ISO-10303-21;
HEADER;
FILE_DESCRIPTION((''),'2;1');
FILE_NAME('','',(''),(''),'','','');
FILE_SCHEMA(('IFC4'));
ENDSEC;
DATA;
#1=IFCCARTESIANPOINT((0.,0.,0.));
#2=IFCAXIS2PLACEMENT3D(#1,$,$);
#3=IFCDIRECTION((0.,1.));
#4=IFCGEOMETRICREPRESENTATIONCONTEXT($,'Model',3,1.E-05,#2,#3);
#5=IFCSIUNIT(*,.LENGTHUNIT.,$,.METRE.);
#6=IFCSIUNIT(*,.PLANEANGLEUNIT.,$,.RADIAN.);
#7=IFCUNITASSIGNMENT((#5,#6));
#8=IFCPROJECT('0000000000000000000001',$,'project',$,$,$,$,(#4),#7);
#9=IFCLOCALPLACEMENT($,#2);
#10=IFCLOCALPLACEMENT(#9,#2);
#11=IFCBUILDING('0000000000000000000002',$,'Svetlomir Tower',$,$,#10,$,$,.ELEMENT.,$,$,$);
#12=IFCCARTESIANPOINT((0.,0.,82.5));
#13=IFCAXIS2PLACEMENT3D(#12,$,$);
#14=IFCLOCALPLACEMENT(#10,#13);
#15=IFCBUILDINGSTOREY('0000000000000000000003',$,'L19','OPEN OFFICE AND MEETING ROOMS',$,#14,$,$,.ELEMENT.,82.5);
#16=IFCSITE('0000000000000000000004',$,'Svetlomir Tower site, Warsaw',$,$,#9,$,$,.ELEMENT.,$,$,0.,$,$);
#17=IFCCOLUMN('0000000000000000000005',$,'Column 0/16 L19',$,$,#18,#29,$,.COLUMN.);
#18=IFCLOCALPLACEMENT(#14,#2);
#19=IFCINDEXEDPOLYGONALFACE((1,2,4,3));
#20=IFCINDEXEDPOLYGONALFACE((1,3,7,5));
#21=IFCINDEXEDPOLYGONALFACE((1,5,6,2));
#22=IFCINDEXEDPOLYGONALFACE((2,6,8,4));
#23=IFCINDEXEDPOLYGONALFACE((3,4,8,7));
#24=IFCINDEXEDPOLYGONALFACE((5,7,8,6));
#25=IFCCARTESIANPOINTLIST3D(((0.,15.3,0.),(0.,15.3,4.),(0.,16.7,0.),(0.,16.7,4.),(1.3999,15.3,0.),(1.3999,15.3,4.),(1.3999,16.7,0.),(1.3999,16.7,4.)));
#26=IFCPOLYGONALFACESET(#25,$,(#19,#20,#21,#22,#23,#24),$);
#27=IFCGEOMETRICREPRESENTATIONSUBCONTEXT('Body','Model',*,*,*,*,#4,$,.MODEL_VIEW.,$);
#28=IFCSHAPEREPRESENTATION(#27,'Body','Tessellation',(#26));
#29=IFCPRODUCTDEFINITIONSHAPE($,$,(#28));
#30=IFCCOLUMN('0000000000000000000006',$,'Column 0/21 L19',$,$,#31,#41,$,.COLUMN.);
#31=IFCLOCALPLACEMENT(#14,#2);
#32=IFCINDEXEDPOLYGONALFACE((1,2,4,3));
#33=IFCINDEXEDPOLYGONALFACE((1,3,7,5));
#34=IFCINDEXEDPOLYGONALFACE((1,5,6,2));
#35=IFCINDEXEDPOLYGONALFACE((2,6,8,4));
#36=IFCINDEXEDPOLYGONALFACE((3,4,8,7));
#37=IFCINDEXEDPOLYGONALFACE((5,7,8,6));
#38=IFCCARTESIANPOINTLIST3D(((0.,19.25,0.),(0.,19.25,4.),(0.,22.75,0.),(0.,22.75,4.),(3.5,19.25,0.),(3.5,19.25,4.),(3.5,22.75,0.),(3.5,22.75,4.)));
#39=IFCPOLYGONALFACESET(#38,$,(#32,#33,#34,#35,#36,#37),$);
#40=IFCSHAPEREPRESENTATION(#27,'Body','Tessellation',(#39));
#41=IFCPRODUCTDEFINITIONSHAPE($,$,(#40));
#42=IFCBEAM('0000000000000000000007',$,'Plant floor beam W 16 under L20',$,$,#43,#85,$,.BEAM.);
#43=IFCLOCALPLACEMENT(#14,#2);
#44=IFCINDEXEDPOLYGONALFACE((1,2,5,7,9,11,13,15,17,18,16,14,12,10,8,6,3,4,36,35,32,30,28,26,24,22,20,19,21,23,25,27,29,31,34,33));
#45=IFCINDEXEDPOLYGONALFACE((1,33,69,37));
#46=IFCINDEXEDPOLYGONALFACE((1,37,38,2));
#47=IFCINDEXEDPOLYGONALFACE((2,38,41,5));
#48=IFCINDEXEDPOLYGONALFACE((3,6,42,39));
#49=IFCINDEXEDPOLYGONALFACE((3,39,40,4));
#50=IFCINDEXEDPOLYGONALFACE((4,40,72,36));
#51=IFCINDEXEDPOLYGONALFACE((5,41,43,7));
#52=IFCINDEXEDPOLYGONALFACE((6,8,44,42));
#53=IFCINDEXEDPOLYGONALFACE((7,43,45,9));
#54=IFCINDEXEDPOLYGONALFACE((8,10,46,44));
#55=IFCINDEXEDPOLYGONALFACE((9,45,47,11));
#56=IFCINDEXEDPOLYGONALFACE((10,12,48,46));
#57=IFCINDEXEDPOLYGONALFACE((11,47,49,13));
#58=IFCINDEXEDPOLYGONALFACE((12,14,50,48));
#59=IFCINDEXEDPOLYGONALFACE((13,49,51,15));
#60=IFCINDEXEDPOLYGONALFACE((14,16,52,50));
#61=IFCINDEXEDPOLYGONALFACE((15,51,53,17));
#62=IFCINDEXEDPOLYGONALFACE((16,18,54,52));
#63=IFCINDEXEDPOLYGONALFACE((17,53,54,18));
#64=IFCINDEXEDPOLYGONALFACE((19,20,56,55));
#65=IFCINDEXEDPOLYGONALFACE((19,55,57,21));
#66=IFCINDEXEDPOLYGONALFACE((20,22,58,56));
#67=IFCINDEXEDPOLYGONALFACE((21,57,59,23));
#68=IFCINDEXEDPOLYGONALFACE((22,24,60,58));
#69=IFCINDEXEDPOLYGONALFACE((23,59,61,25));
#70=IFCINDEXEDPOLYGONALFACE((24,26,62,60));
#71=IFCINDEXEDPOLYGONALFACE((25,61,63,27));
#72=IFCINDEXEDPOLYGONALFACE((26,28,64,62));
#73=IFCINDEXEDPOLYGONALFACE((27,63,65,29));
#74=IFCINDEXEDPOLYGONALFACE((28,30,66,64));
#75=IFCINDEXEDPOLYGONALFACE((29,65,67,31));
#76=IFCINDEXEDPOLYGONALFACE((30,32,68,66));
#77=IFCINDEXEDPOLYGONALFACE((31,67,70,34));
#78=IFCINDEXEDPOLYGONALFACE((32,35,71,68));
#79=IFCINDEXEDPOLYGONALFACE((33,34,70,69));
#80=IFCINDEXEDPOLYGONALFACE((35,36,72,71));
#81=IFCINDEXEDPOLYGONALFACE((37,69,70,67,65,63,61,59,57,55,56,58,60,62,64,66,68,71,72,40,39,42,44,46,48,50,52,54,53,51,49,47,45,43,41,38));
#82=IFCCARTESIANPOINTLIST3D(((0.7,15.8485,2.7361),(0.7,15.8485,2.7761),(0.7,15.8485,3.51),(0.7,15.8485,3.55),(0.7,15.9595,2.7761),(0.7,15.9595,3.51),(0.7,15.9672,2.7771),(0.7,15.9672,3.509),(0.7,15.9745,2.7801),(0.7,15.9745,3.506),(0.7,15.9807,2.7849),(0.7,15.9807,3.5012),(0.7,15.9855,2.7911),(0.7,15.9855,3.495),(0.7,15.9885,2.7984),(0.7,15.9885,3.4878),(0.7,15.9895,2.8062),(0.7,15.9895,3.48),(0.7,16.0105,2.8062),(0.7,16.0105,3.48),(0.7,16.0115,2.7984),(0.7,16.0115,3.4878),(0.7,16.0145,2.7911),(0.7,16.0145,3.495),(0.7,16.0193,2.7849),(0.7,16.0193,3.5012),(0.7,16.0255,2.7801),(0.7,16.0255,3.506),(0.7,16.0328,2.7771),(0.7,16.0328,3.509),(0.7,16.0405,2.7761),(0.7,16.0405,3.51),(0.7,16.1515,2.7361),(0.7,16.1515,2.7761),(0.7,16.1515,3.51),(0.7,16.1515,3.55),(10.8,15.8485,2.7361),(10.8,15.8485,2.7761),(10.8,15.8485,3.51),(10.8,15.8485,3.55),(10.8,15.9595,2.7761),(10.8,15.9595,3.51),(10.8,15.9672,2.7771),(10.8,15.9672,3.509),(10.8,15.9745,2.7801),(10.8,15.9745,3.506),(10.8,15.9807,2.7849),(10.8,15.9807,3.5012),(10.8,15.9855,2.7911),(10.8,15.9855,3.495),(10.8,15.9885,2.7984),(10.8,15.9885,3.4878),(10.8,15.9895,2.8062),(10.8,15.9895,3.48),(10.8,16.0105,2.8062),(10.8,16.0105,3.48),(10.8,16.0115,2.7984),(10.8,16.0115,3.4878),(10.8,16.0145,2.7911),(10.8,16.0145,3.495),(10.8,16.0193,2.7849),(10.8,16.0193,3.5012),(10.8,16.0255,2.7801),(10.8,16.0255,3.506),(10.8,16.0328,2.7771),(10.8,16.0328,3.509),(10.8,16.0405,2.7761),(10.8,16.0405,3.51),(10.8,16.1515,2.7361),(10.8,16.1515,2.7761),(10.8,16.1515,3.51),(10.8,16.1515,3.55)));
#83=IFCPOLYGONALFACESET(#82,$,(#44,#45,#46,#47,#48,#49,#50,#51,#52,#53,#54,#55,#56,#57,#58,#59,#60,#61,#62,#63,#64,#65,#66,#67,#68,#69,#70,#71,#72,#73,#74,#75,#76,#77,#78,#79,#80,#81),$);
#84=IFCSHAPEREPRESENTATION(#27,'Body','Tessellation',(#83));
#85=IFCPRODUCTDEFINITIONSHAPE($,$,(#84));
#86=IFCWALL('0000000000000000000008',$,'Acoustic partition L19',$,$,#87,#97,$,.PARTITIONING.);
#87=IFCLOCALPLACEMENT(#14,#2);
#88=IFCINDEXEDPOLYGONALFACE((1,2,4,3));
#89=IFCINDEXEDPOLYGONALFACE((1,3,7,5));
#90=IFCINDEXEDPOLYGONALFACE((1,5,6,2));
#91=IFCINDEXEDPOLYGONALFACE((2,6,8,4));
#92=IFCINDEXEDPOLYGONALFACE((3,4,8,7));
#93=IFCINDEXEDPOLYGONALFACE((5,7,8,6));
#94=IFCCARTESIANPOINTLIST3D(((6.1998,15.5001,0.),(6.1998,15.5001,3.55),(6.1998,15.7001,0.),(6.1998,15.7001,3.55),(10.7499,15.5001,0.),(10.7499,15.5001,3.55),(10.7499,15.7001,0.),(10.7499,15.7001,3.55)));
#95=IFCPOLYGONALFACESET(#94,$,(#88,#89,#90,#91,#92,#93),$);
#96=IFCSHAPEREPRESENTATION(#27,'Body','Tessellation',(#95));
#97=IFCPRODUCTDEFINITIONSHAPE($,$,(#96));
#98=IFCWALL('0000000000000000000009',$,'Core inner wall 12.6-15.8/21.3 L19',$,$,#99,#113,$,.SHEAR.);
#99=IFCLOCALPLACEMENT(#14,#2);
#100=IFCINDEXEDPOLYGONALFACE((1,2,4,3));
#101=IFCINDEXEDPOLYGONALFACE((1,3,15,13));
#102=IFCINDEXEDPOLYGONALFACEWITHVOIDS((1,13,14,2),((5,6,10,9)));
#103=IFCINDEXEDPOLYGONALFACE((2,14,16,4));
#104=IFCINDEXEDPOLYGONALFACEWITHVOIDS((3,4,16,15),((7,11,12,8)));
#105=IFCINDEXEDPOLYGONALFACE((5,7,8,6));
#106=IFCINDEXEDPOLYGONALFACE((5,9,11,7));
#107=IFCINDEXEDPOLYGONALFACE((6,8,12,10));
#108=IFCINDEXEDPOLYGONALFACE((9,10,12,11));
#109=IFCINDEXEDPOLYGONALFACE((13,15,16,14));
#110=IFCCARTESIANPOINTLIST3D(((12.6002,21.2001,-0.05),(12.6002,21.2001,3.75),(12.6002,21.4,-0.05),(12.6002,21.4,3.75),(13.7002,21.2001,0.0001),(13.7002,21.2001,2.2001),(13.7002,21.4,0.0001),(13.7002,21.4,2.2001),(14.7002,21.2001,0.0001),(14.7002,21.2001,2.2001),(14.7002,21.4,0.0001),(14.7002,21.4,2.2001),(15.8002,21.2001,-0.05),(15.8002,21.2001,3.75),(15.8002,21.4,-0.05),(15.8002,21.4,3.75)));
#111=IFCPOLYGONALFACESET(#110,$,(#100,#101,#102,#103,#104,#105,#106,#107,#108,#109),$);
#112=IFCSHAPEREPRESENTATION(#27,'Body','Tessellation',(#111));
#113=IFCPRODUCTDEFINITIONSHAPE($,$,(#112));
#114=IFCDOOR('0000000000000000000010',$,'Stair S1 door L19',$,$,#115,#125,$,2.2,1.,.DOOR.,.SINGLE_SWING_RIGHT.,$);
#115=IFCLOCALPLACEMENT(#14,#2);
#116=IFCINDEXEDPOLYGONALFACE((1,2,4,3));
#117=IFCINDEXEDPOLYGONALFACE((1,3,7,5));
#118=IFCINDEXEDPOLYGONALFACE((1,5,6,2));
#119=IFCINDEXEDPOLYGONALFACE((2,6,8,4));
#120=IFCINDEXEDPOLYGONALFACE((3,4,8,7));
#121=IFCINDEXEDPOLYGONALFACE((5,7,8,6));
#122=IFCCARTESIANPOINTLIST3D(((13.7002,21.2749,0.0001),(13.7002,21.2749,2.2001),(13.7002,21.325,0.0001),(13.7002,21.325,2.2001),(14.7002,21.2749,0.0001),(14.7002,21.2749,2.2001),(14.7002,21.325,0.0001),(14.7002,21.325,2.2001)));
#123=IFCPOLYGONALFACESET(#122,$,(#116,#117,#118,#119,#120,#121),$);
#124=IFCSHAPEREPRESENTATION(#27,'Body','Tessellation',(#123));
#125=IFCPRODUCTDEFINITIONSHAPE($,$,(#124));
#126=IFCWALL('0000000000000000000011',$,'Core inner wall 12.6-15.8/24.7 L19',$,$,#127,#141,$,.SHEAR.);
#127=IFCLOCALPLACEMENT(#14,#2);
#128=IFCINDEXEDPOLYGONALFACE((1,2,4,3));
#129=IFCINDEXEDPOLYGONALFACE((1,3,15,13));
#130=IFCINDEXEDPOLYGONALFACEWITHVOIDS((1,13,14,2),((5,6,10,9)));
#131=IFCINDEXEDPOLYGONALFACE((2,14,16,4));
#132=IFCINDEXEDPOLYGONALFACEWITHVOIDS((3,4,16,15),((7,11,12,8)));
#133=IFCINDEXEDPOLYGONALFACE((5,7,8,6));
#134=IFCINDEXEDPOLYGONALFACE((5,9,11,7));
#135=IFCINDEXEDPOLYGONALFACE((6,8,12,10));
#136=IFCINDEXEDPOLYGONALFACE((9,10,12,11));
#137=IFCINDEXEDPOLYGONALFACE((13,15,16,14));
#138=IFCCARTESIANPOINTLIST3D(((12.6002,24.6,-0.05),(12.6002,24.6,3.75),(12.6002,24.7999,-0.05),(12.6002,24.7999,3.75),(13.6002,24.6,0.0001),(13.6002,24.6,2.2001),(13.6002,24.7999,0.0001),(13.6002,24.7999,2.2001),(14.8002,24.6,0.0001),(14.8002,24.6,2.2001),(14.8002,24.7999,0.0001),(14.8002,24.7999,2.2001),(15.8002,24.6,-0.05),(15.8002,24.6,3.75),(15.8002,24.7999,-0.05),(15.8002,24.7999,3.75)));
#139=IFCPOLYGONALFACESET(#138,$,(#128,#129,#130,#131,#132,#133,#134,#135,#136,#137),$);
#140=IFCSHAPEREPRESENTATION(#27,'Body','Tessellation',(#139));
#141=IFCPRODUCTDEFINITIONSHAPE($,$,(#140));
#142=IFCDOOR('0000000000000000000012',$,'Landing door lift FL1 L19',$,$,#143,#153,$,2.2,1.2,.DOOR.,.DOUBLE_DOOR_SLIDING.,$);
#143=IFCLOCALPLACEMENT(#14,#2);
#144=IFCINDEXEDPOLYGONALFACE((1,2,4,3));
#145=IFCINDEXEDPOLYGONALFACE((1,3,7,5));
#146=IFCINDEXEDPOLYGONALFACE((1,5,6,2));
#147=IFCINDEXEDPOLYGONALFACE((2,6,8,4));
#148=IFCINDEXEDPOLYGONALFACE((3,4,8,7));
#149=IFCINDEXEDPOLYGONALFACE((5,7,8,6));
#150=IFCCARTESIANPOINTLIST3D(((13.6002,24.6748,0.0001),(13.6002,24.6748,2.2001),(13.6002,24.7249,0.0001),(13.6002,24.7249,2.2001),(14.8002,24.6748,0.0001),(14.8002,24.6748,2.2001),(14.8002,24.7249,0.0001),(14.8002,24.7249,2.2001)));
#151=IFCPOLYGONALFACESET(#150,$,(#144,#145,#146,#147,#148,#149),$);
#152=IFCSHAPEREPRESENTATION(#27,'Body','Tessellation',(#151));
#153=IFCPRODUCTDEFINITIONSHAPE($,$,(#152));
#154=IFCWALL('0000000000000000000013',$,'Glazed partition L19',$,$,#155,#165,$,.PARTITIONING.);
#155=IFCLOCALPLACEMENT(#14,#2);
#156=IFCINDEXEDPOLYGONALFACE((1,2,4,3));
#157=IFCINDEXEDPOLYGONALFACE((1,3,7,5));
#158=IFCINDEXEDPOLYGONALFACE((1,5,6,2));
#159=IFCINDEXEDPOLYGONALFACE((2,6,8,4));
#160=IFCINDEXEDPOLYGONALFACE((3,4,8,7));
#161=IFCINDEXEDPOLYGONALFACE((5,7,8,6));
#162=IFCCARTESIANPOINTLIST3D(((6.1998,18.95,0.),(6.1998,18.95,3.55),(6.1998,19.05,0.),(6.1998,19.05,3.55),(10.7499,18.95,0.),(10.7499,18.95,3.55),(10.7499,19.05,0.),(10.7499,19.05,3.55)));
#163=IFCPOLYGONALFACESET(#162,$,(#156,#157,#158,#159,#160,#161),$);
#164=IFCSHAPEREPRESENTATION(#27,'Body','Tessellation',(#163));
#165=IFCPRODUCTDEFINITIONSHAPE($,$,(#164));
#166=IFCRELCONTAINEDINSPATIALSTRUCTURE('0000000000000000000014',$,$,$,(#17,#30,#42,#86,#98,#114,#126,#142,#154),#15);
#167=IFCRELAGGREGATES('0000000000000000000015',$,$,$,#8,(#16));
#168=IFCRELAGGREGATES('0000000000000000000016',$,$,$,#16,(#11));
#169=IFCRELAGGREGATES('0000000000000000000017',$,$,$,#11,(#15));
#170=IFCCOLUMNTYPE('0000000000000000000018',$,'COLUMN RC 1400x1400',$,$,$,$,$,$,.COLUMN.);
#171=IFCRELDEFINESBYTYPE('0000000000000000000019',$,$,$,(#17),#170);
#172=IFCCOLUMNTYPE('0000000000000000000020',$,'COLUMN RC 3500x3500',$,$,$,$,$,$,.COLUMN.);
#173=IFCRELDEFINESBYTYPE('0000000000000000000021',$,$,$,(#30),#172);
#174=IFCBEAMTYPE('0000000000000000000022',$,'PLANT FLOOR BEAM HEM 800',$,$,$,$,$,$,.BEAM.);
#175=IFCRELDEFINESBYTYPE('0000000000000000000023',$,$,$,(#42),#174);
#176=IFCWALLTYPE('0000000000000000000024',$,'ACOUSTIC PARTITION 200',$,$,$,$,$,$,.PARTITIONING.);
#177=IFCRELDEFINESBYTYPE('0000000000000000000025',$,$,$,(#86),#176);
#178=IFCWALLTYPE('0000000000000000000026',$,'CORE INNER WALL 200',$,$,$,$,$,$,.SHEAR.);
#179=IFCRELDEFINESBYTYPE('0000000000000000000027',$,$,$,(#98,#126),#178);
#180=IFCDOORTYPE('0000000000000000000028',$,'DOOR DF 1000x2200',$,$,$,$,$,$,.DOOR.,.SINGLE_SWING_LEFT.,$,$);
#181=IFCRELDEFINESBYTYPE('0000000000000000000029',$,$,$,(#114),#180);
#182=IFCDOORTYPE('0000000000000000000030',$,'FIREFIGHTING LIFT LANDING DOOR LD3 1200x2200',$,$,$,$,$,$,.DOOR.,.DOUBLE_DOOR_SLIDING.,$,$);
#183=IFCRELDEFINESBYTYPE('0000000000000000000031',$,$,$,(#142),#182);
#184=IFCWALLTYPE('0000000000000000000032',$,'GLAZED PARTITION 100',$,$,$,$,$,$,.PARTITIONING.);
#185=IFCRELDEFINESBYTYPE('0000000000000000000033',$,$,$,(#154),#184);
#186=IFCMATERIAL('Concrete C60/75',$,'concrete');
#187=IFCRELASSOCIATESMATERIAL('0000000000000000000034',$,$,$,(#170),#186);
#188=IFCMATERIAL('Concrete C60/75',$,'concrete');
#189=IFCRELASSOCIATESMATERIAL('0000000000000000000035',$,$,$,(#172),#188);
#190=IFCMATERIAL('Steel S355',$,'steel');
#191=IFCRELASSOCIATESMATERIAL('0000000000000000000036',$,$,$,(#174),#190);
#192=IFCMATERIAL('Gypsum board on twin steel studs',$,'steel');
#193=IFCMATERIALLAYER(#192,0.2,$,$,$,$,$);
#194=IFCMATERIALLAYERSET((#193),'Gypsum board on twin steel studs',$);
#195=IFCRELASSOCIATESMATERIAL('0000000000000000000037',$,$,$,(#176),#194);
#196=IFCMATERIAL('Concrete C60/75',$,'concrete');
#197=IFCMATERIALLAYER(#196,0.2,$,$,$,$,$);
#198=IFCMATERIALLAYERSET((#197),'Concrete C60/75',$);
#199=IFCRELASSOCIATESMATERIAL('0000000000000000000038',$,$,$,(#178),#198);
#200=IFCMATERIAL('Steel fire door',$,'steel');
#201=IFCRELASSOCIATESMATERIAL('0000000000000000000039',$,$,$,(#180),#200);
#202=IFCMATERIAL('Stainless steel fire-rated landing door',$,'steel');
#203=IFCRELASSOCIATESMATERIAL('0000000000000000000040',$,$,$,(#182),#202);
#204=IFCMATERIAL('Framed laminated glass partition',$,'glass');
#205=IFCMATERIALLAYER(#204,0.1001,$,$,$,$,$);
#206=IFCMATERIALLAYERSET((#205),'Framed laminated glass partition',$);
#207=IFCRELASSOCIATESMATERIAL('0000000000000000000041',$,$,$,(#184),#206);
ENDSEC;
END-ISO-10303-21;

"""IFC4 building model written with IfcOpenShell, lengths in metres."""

from ifc_helpers import new_model, si_unit, direction, frame, frame_2d, origin, origin_2d, place, context, subcontext, project, spatial, rectangle, i_section, extrude, material, layer, layer_set, material_profile, profile_set, type_object, element, fill, save


model = new_model("IFC4")

# Units and contexts
model_context = context("Model", 3, precision=1e-05, world=origin(), true_north=direction((0.0, 1.0)))
body_context = subcontext(model_context, "Body", "Model", "MODEL_VIEW")
ifc_project = project(units=[si_unit("LENGTHUNIT", "METRE"), si_unit("PLANEANGLEUNIT", "RADIAN")], contexts=[model_context])

# Site, building, storey
site_placement = place(None, origin())
site = spatial("IfcSite", under=ifc_project, at=site_placement, Name="Svetlomir Tower site, Warsaw", CompositionType="ELEMENT", RefElevation=0.0)
building_placement = place(site_placement, origin())
building = spatial("IfcBuilding", under=site, at=building_placement, Name="Svetlomir Tower", CompositionType="ELEMENT")
storey_placement = place(building_placement, frame((0.0, 0.0, 82.5)))
storey = spatial("IfcBuildingStorey", under=building, at=storey_placement, Name="L19", Description="OPEN OFFICE AND MEETING ROOMS", CompositionType="ELEMENT", Elevation=82.5)

# Columns
ifc_material_1 = material(Name="Concrete C60/75", Category="concrete")
ifc_material_profile_1 = material_profile(ifc_material_1, rectangle(XDim=1.3999, YDim=1.3999, at=origin_2d()), Name="RC 1400x1400")
ifc_profile_set_1 = profile_set([ifc_material_profile_1], Name="Concrete C60/75")
column_type_1 = type_object("IfcColumnType", Name="COLUMN RC 1400x1400", PredefinedType="COLUMN", material=ifc_profile_set_1)
column_1_placement = place(storey_placement, frame((0.7, 16.0, 0.0), z_axis=(0.0, 0.0, 1.0), x_axis=(1.0, 0.0, 0.0)))
element("IfcColumn", 1, at=column_1_placement, inside=storey, type_object=column_type_1, Name="Column 0/16 L19", PredefinedType="COLUMN", context=body_context, shape_type="SweptSolid", body=[
    extrude(rectangle(XDim=1.3999, YDim=1.3999, at=origin_2d()), origin(), (0.0, 0.0, 1.0), 4.0),
])
ifc_material_2 = material(Name="Concrete C60/75", Category="concrete")
ifc_material_profile_2 = material_profile(ifc_material_2, rectangle(XDim=3.5, YDim=3.5, at=origin_2d()), Name="RC 3500x3500")
ifc_profile_set_2 = profile_set([ifc_material_profile_2], Name="Concrete C60/75")
column_type_2 = type_object("IfcColumnType", Name="COLUMN RC 3500x3500", PredefinedType="COLUMN", material=ifc_profile_set_2)
column_2_placement = place(storey_placement, frame((1.75, 21.0, 0.0), z_axis=(0.0, 0.0, 1.0), x_axis=(1.0, 0.0, 0.0)))
element("IfcColumn", 2, at=column_2_placement, inside=storey, type_object=column_type_2, Name="Column 0/21 L19", PredefinedType="COLUMN", context=body_context, shape_type="SweptSolid", body=[
    extrude(rectangle(XDim=3.5, YDim=3.5, at=origin_2d()), origin(), (0.0, 0.0, 1.0), 4.0),
])

# Beam
ifc_material_3 = material(Name="Steel S355", Category="steel")
ifc_material_profile_3 = material_profile(ifc_material_3, i_section(OverallWidth=0.303, OverallDepth=0.814, WebThickness=0.021, FlangeThickness=0.04, FilletRadius=0.03, at=origin_2d()), Name="HEM 800")
ifc_profile_set_3 = profile_set([ifc_material_profile_3], Name="Steel S355")
beam_type = type_object("IfcBeamType", Name="PLANT FLOOR BEAM HEM 800", PredefinedType="BEAM", material=ifc_profile_set_3)
beam_placement = place(storey_placement, frame((0.7, 16.0, 3.1431), z_axis=(1.0, 0.0, 0.0), x_axis=(0.0, 1.0, 0.0)))
element("IfcBeam", 3, at=beam_placement, inside=storey, type_object=beam_type, Name="Plant floor beam W 16 under L20", PredefinedType="BEAM", context=body_context, shape_type="SweptSolid", body=[
    extrude(i_section(OverallWidth=0.303, OverallDepth=0.814, WebThickness=0.021, FlangeThickness=0.04, FilletRadius=0.03, at=origin_2d()), origin(), (0.0, 0.0, 1.0), 10.1001),
])

# Wall
ifc_material_4 = material(Name="Gypsum board on twin steel studs", Category="steel")
ifc_layer_1 = layer(ifc_material_4, 0.2)
ifc_layer_set_1 = layer_set([ifc_layer_1], Name="Gypsum board on twin steel studs")
wall_type_1 = type_object("IfcWallType", Name="ACOUSTIC PARTITION 200", PredefinedType="PARTITIONING", material=ifc_layer_set_1)
wall_1_placement = place(storey_placement, frame((6.2, 15.6001, 0.0), z_axis=(0.0, 0.0, 1.0), x_axis=(1.0, 0.0, 0.0)))
element("IfcWall", 4, at=wall_1_placement, inside=storey, type_object=wall_type_1, Name="Acoustic partition L19", PredefinedType="PARTITIONING", context=body_context, shape_type="SweptSolid", body=[
    extrude(rectangle(XDim=4.55, YDim=0.2, at=frame_2d((2.2749, 0.0))), origin(), (0.0, 0.0, 1.0), 3.55),
])

# Walls, openings, doors
ifc_material_5 = material(Name="Concrete C60/75", Category="concrete")
ifc_layer_2 = layer(ifc_material_5, 0.2)
ifc_layer_set_2 = layer_set([ifc_layer_2], Name="Concrete C60/75")
wall_type_2 = type_object("IfcWallType", Name="CORE INNER WALL 200", PredefinedType="SHEAR", material=ifc_layer_set_2)
wall_2_placement = place(storey_placement, frame((12.6001, 21.3, -0.05), z_axis=(0.0, 0.0, 1.0), x_axis=(1.0, 0.0, 0.0)))
wall_2 = element("IfcWall", 5, at=wall_2_placement, inside=storey, type_object=wall_type_2, Name="Core inner wall 12.6-15.8/21.3 L19", PredefinedType="SHEAR", context=body_context, shape_type="SweptSolid", body=[
    extrude(rectangle(XDim=3.2, YDim=0.2, at=frame_2d((1.6001, 0.0))), origin(), (0.0, 0.0, 1.0), 3.8),
])
opening_1_placement = place(wall_2_placement, frame((1.1001, 0.0, 0.05)))
opening_1 = element("IfcOpeningElement", 6, at=opening_1_placement, cuts=wall_2, PredefinedType="OPENING", context=body_context, shape_type="SweptSolid", body=[
    extrude(rectangle(XDim=1.0, YDim=2.2, at=frame_2d((0.5, 1.1001))), frame((0.0, 0.1099, 0.0), z_axis=(0.0, -1.0, 0.0), x_axis=(1.0, 0.0, 0.0)), (0.0, 0.0, 1.0), 0.22),
])
ifc_material_6 = material(Name="Steel fire door", Category="steel")
door_type_1 = type_object("IfcDoorType", Name="DOOR DF 1000x2200", OperationType="SINGLE_SWING_LEFT", PredefinedType="DOOR", material=ifc_material_6)
door_1_placement = place(opening_1_placement, origin())
door_1 = element("IfcDoor", 7, at=door_1_placement, inside=storey, type_object=door_type_1, Name="Stair S1 door L19", OperationType="SINGLE_SWING_RIGHT", OverallHeight=2.2, OverallWidth=1.0, PredefinedType="DOOR", context=body_context, shape_type="SweptSolid", body=[
    extrude(rectangle(XDim=1.0, YDim=2.2, at=frame_2d((0.5, 1.1001))), frame((0.0, 0.0249, 0.0), z_axis=(0.0, -1.0, 0.0), x_axis=(1.0, 0.0, 0.0)), (0.0, 0.0, 1.0), 0.05),
])
fill(opening_1, door_1)
wall_3_placement = place(storey_placement, frame((12.6001, 24.7, -0.05), z_axis=(0.0, 0.0, 1.0), x_axis=(1.0, 0.0, 0.0)))
wall_3 = element("IfcWall", 8, at=wall_3_placement, inside=storey, type_object=wall_type_2, Name="Core inner wall 12.6-15.8/24.7 L19", PredefinedType="SHEAR", context=body_context, shape_type="SweptSolid", body=[
    extrude(rectangle(XDim=3.2, YDim=0.2, at=frame_2d((1.6001, 0.0))), origin(), (0.0, 0.0, 1.0), 3.8),
])
opening_2_placement = place(wall_3_placement, frame((1.0, 0.0, 0.05)))
opening_2 = element("IfcOpeningElement", 9, at=opening_2_placement, cuts=wall_3, PredefinedType="OPENING", context=body_context, shape_type="SweptSolid", body=[
    extrude(rectangle(XDim=1.2, YDim=2.2, at=frame_2d((0.6001, 1.1001))), frame((0.0, 0.1099, 0.0), z_axis=(0.0, -1.0, 0.0), x_axis=(1.0, 0.0, 0.0)), (0.0, 0.0, 1.0), 0.22),
])
ifc_material_7 = material(Name="Stainless steel fire-rated landing door", Category="steel")
door_type_2 = type_object("IfcDoorType", Name="FIREFIGHTING LIFT LANDING DOOR LD3 1200x2200", OperationType="DOUBLE_DOOR_SLIDING", PredefinedType="DOOR", material=ifc_material_7)
door_2_placement = place(opening_2_placement, origin())
door_2 = element("IfcDoor", 10, at=door_2_placement, inside=storey, type_object=door_type_2, Name="Landing door lift FL1 L19", OperationType="DOUBLE_DOOR_SLIDING", OverallHeight=2.2, OverallWidth=1.2, PredefinedType="DOOR", context=body_context, shape_type="SweptSolid", body=[
    extrude(rectangle(XDim=1.2, YDim=2.2, at=frame_2d((0.6001, 1.1001))), frame((0.0, 0.0249, 0.0), z_axis=(0.0, -1.0, 0.0), x_axis=(1.0, 0.0, 0.0)), (0.0, 0.0, 1.0), 0.05),
])
fill(opening_2, door_2)

# Wall
ifc_material_8 = material(Name="Framed laminated glass partition", Category="glass")
ifc_layer_3 = layer(ifc_material_8, 0.1001)
ifc_layer_set_3 = layer_set([ifc_layer_3], Name="Framed laminated glass partition")
wall_type_3 = type_object("IfcWallType", Name="GLAZED PARTITION 100", PredefinedType="PARTITIONING", material=ifc_layer_set_3)
wall_4_placement = place(storey_placement, frame((6.2, 19.0, 0.0), z_axis=(0.0, 0.0, 1.0), x_axis=(1.0, 0.0, 0.0)))
element("IfcWall", 11, at=wall_4_placement, inside=storey, type_object=wall_type_3, Name="Glazed partition L19", PredefinedType="PARTITIONING", context=body_context, shape_type="SweptSolid", body=[
    extrude(rectangle(XDim=4.55, YDim=0.1001, at=frame_2d((2.2749, 0.0))), origin(), (0.0, 0.0, 1.0), 3.55),
])

save(model, "model.ifc")
